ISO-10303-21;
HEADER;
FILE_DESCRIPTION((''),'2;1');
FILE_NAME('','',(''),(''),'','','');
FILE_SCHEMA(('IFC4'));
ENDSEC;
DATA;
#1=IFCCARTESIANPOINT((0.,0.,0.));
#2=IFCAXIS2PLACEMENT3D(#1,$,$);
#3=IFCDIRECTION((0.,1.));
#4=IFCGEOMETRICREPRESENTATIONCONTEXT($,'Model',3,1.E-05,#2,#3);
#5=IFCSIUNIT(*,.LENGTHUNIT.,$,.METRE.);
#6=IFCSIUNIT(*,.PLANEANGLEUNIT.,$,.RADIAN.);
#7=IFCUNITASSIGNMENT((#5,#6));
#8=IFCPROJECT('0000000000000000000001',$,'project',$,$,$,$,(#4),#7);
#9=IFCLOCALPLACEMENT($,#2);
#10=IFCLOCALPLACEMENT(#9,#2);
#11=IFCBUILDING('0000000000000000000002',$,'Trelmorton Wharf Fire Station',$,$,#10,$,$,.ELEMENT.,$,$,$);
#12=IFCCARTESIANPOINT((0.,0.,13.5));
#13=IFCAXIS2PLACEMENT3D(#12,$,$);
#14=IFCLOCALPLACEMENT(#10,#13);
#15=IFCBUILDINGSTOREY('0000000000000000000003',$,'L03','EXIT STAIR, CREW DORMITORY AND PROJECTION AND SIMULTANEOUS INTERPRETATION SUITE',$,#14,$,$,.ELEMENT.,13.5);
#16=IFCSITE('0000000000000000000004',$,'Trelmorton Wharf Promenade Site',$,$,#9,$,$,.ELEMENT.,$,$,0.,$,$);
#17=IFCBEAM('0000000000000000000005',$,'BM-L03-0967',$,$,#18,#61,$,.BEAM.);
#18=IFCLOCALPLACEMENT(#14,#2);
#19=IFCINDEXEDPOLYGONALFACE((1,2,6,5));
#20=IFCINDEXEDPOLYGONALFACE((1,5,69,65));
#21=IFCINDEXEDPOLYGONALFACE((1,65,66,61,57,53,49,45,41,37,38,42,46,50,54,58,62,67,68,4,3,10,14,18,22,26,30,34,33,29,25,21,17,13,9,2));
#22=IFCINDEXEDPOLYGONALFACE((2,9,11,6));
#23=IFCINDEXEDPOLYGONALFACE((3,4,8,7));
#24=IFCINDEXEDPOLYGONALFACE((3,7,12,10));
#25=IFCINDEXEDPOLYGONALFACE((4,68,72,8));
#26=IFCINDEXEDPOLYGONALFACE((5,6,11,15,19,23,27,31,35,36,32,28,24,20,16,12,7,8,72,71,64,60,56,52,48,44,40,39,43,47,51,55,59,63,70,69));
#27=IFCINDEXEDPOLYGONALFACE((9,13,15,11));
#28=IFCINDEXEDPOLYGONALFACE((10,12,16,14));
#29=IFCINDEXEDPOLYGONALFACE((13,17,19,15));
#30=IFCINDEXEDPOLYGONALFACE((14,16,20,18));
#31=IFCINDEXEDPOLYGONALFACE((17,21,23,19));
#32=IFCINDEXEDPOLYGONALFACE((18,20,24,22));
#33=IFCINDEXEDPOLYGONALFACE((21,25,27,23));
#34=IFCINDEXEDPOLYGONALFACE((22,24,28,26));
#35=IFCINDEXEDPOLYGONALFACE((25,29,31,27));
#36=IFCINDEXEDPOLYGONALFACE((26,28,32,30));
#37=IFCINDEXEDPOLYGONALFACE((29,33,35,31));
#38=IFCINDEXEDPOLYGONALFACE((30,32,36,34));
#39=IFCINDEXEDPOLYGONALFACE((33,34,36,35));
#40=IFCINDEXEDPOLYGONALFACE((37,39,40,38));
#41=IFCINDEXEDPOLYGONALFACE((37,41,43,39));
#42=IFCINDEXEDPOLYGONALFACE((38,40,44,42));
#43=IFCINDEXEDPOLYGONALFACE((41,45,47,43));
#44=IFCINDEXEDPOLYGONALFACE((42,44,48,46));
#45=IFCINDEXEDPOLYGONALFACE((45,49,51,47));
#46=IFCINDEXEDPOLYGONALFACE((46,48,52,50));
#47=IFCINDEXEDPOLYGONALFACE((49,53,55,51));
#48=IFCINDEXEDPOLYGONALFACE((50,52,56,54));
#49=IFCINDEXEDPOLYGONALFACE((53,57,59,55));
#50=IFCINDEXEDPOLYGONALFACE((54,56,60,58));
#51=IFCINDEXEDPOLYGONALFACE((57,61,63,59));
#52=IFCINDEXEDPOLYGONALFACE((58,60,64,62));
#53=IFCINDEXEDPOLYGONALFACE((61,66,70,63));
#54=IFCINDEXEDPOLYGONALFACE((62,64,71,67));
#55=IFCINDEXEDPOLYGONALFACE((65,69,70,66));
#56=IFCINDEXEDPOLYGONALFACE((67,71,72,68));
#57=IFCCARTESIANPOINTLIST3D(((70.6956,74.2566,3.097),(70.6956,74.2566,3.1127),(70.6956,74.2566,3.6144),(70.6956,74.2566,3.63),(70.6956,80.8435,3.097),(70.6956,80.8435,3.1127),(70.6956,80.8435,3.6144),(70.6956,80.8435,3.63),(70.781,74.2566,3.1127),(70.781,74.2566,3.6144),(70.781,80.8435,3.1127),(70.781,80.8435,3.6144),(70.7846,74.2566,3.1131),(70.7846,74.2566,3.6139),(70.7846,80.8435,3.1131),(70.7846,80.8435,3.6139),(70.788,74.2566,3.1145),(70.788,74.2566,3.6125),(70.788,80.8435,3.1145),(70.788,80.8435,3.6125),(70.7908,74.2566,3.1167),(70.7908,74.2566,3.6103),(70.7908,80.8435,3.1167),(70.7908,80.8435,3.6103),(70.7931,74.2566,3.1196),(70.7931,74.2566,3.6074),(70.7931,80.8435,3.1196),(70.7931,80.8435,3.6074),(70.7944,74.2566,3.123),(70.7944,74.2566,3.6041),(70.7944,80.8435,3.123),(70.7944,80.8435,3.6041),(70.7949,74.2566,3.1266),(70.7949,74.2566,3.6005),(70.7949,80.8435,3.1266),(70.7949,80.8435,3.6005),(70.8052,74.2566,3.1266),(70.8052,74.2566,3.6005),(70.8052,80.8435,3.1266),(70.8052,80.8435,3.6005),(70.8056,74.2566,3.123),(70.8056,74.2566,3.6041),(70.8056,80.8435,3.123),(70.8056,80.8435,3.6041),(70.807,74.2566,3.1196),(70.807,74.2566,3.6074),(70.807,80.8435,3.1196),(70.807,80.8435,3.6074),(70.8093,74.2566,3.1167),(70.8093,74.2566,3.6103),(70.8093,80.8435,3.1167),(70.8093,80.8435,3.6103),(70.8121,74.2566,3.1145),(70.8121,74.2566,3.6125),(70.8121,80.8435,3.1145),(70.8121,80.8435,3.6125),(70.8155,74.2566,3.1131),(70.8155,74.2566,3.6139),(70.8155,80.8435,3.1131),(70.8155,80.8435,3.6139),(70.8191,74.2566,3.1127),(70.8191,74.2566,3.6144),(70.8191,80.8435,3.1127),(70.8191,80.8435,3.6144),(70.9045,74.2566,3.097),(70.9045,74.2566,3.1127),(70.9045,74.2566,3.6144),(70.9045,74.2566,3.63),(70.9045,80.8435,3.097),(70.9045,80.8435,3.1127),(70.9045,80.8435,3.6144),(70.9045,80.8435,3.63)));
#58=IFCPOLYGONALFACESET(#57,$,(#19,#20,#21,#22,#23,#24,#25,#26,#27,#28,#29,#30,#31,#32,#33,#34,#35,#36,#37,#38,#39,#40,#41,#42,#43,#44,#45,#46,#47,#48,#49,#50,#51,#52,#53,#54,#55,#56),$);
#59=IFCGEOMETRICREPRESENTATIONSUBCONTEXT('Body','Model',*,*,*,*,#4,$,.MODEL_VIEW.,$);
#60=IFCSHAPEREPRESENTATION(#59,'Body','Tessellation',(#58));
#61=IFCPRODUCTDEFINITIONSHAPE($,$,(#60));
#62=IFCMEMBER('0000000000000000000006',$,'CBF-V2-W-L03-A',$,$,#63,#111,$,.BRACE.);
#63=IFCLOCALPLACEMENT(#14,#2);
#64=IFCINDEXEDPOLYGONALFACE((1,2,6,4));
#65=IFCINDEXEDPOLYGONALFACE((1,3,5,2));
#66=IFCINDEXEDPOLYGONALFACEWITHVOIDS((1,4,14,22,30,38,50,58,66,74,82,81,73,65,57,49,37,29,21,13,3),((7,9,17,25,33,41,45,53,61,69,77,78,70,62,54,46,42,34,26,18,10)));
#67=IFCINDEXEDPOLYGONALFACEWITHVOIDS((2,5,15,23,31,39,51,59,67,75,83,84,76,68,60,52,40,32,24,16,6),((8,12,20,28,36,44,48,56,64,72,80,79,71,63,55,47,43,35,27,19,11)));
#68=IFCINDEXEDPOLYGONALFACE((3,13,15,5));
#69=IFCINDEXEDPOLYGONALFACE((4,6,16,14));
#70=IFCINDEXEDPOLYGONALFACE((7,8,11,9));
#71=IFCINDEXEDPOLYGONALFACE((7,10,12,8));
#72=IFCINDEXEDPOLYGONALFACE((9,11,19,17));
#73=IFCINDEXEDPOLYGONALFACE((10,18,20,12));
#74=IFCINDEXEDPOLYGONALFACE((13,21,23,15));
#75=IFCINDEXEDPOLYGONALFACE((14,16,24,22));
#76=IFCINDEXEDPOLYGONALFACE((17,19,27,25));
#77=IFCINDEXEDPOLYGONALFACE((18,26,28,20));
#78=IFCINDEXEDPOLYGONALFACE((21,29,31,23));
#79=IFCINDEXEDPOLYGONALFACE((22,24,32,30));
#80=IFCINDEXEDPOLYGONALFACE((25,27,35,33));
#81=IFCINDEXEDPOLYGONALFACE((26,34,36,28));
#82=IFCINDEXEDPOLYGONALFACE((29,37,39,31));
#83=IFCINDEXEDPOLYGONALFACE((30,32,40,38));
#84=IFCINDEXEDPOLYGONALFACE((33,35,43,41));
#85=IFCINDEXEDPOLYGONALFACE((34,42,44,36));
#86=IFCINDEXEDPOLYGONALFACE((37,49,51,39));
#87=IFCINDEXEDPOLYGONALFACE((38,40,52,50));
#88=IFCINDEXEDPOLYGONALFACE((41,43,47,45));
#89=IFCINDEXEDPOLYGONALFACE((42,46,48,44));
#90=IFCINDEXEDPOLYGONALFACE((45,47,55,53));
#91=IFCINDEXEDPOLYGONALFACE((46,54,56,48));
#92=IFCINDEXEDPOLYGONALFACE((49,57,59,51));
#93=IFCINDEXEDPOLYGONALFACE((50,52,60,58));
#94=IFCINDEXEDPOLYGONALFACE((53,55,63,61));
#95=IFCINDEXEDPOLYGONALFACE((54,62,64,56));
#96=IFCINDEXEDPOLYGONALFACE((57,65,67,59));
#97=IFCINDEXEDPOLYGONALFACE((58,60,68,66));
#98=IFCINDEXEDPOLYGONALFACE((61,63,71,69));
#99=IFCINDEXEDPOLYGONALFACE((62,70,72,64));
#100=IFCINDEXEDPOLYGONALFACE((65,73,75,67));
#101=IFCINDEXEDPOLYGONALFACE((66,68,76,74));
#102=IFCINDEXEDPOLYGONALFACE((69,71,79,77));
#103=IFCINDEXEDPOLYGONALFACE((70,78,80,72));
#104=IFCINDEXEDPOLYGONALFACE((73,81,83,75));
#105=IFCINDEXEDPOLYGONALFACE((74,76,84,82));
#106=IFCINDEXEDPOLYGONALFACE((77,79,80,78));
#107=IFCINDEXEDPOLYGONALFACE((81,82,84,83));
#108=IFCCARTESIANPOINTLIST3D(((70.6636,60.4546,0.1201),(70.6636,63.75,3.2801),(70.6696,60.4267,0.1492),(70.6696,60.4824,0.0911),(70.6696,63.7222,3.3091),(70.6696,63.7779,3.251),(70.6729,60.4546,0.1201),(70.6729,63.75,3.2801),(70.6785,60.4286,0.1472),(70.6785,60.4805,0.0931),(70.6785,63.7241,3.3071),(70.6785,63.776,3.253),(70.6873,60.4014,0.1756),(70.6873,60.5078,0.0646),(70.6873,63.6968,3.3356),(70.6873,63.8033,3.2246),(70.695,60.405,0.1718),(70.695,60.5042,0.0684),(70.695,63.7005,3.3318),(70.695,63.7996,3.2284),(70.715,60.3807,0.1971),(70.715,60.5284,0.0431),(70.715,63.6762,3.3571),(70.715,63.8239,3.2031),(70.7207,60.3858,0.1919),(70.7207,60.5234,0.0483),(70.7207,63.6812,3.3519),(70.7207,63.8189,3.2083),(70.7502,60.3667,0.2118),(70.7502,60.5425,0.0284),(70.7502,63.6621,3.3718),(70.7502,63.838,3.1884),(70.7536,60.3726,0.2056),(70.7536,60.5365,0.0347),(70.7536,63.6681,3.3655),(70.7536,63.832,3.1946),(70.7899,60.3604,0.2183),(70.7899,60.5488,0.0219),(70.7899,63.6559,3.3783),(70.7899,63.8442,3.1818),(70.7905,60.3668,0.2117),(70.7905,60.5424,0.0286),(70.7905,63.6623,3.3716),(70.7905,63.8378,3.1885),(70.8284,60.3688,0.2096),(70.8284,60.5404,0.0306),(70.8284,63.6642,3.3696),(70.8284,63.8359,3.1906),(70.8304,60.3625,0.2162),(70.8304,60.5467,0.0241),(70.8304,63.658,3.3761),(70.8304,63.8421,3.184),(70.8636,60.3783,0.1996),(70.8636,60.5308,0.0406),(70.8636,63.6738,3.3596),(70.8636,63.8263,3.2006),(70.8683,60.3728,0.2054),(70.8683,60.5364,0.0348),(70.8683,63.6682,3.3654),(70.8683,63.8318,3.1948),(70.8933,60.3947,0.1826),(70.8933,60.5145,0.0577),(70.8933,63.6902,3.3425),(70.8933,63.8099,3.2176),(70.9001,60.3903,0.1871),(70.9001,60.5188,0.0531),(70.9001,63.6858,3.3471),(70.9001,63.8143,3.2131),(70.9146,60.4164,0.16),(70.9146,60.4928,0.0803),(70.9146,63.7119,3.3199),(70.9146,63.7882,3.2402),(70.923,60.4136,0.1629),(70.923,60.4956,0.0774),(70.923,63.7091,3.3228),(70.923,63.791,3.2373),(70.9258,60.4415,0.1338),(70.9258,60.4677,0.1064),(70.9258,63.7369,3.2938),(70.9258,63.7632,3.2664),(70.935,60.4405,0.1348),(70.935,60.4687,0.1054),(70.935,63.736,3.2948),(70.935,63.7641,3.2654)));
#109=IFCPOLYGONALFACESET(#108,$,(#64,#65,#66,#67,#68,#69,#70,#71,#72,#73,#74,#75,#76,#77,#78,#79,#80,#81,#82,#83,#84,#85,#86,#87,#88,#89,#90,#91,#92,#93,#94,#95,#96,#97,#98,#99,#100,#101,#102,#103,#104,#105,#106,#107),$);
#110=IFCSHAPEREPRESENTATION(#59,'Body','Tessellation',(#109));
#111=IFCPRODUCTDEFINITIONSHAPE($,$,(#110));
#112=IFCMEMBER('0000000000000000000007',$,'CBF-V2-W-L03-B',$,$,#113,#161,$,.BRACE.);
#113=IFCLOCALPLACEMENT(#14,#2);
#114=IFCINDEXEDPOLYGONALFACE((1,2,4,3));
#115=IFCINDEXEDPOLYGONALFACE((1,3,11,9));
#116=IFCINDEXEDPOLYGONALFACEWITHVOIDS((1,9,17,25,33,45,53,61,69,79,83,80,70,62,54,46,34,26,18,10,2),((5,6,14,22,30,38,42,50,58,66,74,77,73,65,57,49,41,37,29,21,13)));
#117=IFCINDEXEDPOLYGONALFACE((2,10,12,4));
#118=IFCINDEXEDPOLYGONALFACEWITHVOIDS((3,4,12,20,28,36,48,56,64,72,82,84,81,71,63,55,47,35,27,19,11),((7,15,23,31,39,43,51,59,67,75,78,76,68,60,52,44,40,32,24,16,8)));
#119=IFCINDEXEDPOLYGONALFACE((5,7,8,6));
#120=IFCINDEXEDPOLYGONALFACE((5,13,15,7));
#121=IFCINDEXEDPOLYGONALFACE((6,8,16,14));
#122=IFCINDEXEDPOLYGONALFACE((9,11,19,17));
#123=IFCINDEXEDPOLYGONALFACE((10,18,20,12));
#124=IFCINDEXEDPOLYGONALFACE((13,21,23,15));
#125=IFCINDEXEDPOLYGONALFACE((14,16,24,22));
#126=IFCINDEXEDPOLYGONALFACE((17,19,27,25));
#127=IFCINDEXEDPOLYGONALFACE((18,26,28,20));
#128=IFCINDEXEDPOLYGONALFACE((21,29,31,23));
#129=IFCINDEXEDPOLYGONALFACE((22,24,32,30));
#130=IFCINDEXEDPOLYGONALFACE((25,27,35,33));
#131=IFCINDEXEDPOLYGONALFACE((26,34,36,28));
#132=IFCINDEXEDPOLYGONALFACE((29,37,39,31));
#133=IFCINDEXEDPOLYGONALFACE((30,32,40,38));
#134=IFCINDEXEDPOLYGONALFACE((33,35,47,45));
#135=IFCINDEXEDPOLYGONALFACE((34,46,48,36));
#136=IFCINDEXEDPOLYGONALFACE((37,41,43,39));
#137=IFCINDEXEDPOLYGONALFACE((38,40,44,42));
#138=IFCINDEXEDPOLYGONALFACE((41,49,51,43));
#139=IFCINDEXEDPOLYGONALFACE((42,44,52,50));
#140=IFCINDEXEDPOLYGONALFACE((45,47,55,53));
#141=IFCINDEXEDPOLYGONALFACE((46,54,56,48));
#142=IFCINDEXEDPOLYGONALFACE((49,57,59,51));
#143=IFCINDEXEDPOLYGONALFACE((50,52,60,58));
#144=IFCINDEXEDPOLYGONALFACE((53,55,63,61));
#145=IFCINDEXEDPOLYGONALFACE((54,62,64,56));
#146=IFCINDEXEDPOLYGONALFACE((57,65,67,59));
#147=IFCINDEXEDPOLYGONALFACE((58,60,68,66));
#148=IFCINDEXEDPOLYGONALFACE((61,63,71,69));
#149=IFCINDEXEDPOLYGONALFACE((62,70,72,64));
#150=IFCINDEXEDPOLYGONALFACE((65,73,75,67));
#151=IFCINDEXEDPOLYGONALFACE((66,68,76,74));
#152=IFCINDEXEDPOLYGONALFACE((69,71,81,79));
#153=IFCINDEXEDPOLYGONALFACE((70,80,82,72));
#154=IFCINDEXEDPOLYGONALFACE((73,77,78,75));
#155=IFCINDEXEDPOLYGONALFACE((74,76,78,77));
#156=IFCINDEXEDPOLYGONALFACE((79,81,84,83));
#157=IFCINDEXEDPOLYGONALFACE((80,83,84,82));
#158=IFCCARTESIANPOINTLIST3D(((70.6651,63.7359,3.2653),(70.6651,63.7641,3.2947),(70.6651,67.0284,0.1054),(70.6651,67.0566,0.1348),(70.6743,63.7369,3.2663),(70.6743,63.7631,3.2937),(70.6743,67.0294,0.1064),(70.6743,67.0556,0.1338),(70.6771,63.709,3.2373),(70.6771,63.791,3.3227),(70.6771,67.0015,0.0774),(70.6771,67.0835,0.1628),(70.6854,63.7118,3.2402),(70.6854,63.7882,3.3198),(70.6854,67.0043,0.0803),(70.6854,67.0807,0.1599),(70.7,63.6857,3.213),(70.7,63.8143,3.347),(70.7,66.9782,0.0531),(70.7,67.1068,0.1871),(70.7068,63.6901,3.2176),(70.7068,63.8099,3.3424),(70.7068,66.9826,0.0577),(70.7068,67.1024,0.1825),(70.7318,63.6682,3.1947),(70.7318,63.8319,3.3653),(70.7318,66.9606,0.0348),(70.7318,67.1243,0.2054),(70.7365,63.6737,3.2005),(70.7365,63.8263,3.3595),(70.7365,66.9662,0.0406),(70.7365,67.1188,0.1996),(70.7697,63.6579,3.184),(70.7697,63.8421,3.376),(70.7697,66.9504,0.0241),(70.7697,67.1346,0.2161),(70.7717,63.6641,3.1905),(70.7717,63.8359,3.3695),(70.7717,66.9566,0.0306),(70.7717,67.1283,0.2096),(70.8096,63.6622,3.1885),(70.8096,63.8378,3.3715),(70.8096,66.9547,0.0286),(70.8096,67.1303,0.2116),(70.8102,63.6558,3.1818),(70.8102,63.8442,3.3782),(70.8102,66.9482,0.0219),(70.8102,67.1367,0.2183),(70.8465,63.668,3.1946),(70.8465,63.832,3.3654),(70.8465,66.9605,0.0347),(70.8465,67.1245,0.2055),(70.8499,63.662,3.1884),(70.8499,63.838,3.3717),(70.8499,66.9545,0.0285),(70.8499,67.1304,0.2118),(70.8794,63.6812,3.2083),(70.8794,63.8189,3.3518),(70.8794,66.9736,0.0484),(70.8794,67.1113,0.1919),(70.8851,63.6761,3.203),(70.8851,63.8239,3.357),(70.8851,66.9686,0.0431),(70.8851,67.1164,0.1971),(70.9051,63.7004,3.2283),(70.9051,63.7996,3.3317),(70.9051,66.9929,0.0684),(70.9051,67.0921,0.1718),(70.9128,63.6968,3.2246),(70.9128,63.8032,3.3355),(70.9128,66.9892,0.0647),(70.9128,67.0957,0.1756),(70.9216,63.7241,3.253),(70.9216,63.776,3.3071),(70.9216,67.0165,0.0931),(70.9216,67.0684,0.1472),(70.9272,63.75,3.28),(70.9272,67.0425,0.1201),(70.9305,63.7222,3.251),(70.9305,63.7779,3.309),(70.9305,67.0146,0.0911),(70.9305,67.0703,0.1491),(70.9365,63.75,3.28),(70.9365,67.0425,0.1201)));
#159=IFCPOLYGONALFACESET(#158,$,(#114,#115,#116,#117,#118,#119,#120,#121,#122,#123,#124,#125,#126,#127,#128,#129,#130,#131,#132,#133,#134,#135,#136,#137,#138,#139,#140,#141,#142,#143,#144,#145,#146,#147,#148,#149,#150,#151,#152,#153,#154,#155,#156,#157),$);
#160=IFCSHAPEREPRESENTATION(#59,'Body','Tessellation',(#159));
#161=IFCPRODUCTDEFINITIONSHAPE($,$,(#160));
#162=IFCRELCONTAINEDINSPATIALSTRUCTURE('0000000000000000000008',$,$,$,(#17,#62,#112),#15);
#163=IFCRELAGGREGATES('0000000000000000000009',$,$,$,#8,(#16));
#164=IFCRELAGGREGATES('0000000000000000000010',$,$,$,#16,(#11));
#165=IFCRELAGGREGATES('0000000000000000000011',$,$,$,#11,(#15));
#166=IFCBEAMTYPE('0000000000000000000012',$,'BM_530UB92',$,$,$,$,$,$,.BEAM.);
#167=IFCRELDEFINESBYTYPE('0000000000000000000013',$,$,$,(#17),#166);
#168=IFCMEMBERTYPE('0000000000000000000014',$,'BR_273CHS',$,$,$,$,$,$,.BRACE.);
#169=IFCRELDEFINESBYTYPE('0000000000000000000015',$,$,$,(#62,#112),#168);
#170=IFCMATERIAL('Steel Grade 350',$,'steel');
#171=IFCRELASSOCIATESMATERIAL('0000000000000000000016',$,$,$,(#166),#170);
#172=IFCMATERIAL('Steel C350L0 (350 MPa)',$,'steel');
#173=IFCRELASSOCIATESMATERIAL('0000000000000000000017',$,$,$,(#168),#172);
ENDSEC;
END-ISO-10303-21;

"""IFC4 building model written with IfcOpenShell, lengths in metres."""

from ifc_helpers import new_model, si_unit, direction, frame, origin, origin_2d, place, context, subcontext, project, spatial, hollow_circle, i_section, extrude, material, material_profile, profile_set, type_object, element, save


model = new_model("IFC4")

# Units and contexts
model_context = context("Model", 3, precision=1e-05, world=origin(), true_north=direction((0.0, 1.0)))
body_context = subcontext(model_context, "Body", "Model", "MODEL_VIEW")
ifc_project = project(units=[si_unit("LENGTHUNIT", "METRE"), si_unit("PLANEANGLEUNIT", "RADIAN")], contexts=[model_context])

# Site, building, storey
site_placement = place(None, origin())
site = spatial("IfcSite", under=ifc_project, at=site_placement, Name="Trelmorton Wharf Promenade Site", CompositionType="ELEMENT", RefElevation=0.0)
building_placement = place(site_placement, origin())
building = spatial("IfcBuilding", under=site, at=building_placement, Name="Trelmorton Wharf Fire Station", CompositionType="ELEMENT")
storey_placement = place(building_placement, frame((0.0, 0.0, 13.5)))
storey = spatial("IfcBuildingStorey", under=building, at=storey_placement, Name="L03", Description="EXIT STAIR, CREW DORMITORY AND PROJECTION AND SIMULTANEOUS INTERPRETATION SUITE", CompositionType="ELEMENT", Elevation=13.5)

# Shared definitions
ifc_material_1 = material(Name="Steel Grade 350", Category="steel")

# Beam
ifc_material_profile_1 = material_profile(ifc_material_1, i_section(OverallWidth=0.209, OverallDepth=0.533, WebThickness=0.0103, FlangeThickness=0.0156, FilletRadius=0.0139, at=origin_2d()), Name="530UB92.4")
ifc_profile_set_1 = profile_set([ifc_material_profile_1], Name="Steel Grade 350")
beam_type_1 = type_object("IfcBeamType", Name="BM_530UB92", PredefinedType="BEAM", material=ifc_profile_set_1)
beam_1_placement = place(storey_placement, frame((70.8, 74.2566, 3.3635), z_axis=(0.0, 1.0, 0.0), x_axis=(-1.0, 0.0, 0.0)))
element("IfcBeam", 1, at=beam_1_placement, inside=storey, type_object=beam_type_1, Name="BM-L03-0967", PredefinedType="BEAM", context=body_context, shape_type="SweptSolid", body=[
    extrude(i_section(OverallWidth=0.209, OverallDepth=0.533, WebThickness=0.0103, FlangeThickness=0.0156, FilletRadius=0.0139, at=origin_2d()), origin(), (0.0, 0.0, 1.0), 6.5869),
])

# Members
ifc_material_2 = material(Name="Steel C350L0 (350 MPa)", Category="steel")
ifc_material_profile_2 = material_profile(ifc_material_2, hollow_circle(Radius=0.1365, WallThickness=0.0093, at=origin_2d()), Name="273.1x9.3CHS")
ifc_profile_set_2 = profile_set([ifc_material_profile_2], Name="Steel C350L0 (350 MPa)")
member_type_1 = type_object("IfcMemberType", Name="BR_273CHS", PredefinedType="BRACE", material=ifc_profile_set_2)
member_1_placement = place(storey_placement, frame((70.8, 60.4546, 0.1201), z_axis=(0.0, 0.72179, 0.692112), x_axis=(-1.0, 0.0, 0.0)))
element("IfcMember", 2, at=member_1_placement, inside=storey, type_object=member_type_1, Name="CBF-V2-W-L03-A", PredefinedType="BRACE", context=body_context, shape_type="SweptSolid", body=[
    extrude(hollow_circle(Radius=0.1365, WallThickness=0.0093, at=origin_2d()), origin(), (0.0, 0.0, 1.0), 4.5657),
])
member_2_placement = place(storey_placement, frame((70.8, 67.0425, 0.1201), z_axis=(0.0, -0.721482, 0.692433), x_axis=(1.0, 0.0, 0.0)))
element("IfcMember", 3, at=member_2_placement, inside=storey, type_object=member_type_1, Name="CBF-V2-W-L03-B", PredefinedType="BRACE", context=body_context, shape_type="SweptSolid", body=[
    extrude(hollow_circle(Radius=0.1365, WallThickness=0.0093, at=origin_2d()), origin(), (0.0, 0.0, 1.0), 4.5635),
])

save(model, "model.ifc")
